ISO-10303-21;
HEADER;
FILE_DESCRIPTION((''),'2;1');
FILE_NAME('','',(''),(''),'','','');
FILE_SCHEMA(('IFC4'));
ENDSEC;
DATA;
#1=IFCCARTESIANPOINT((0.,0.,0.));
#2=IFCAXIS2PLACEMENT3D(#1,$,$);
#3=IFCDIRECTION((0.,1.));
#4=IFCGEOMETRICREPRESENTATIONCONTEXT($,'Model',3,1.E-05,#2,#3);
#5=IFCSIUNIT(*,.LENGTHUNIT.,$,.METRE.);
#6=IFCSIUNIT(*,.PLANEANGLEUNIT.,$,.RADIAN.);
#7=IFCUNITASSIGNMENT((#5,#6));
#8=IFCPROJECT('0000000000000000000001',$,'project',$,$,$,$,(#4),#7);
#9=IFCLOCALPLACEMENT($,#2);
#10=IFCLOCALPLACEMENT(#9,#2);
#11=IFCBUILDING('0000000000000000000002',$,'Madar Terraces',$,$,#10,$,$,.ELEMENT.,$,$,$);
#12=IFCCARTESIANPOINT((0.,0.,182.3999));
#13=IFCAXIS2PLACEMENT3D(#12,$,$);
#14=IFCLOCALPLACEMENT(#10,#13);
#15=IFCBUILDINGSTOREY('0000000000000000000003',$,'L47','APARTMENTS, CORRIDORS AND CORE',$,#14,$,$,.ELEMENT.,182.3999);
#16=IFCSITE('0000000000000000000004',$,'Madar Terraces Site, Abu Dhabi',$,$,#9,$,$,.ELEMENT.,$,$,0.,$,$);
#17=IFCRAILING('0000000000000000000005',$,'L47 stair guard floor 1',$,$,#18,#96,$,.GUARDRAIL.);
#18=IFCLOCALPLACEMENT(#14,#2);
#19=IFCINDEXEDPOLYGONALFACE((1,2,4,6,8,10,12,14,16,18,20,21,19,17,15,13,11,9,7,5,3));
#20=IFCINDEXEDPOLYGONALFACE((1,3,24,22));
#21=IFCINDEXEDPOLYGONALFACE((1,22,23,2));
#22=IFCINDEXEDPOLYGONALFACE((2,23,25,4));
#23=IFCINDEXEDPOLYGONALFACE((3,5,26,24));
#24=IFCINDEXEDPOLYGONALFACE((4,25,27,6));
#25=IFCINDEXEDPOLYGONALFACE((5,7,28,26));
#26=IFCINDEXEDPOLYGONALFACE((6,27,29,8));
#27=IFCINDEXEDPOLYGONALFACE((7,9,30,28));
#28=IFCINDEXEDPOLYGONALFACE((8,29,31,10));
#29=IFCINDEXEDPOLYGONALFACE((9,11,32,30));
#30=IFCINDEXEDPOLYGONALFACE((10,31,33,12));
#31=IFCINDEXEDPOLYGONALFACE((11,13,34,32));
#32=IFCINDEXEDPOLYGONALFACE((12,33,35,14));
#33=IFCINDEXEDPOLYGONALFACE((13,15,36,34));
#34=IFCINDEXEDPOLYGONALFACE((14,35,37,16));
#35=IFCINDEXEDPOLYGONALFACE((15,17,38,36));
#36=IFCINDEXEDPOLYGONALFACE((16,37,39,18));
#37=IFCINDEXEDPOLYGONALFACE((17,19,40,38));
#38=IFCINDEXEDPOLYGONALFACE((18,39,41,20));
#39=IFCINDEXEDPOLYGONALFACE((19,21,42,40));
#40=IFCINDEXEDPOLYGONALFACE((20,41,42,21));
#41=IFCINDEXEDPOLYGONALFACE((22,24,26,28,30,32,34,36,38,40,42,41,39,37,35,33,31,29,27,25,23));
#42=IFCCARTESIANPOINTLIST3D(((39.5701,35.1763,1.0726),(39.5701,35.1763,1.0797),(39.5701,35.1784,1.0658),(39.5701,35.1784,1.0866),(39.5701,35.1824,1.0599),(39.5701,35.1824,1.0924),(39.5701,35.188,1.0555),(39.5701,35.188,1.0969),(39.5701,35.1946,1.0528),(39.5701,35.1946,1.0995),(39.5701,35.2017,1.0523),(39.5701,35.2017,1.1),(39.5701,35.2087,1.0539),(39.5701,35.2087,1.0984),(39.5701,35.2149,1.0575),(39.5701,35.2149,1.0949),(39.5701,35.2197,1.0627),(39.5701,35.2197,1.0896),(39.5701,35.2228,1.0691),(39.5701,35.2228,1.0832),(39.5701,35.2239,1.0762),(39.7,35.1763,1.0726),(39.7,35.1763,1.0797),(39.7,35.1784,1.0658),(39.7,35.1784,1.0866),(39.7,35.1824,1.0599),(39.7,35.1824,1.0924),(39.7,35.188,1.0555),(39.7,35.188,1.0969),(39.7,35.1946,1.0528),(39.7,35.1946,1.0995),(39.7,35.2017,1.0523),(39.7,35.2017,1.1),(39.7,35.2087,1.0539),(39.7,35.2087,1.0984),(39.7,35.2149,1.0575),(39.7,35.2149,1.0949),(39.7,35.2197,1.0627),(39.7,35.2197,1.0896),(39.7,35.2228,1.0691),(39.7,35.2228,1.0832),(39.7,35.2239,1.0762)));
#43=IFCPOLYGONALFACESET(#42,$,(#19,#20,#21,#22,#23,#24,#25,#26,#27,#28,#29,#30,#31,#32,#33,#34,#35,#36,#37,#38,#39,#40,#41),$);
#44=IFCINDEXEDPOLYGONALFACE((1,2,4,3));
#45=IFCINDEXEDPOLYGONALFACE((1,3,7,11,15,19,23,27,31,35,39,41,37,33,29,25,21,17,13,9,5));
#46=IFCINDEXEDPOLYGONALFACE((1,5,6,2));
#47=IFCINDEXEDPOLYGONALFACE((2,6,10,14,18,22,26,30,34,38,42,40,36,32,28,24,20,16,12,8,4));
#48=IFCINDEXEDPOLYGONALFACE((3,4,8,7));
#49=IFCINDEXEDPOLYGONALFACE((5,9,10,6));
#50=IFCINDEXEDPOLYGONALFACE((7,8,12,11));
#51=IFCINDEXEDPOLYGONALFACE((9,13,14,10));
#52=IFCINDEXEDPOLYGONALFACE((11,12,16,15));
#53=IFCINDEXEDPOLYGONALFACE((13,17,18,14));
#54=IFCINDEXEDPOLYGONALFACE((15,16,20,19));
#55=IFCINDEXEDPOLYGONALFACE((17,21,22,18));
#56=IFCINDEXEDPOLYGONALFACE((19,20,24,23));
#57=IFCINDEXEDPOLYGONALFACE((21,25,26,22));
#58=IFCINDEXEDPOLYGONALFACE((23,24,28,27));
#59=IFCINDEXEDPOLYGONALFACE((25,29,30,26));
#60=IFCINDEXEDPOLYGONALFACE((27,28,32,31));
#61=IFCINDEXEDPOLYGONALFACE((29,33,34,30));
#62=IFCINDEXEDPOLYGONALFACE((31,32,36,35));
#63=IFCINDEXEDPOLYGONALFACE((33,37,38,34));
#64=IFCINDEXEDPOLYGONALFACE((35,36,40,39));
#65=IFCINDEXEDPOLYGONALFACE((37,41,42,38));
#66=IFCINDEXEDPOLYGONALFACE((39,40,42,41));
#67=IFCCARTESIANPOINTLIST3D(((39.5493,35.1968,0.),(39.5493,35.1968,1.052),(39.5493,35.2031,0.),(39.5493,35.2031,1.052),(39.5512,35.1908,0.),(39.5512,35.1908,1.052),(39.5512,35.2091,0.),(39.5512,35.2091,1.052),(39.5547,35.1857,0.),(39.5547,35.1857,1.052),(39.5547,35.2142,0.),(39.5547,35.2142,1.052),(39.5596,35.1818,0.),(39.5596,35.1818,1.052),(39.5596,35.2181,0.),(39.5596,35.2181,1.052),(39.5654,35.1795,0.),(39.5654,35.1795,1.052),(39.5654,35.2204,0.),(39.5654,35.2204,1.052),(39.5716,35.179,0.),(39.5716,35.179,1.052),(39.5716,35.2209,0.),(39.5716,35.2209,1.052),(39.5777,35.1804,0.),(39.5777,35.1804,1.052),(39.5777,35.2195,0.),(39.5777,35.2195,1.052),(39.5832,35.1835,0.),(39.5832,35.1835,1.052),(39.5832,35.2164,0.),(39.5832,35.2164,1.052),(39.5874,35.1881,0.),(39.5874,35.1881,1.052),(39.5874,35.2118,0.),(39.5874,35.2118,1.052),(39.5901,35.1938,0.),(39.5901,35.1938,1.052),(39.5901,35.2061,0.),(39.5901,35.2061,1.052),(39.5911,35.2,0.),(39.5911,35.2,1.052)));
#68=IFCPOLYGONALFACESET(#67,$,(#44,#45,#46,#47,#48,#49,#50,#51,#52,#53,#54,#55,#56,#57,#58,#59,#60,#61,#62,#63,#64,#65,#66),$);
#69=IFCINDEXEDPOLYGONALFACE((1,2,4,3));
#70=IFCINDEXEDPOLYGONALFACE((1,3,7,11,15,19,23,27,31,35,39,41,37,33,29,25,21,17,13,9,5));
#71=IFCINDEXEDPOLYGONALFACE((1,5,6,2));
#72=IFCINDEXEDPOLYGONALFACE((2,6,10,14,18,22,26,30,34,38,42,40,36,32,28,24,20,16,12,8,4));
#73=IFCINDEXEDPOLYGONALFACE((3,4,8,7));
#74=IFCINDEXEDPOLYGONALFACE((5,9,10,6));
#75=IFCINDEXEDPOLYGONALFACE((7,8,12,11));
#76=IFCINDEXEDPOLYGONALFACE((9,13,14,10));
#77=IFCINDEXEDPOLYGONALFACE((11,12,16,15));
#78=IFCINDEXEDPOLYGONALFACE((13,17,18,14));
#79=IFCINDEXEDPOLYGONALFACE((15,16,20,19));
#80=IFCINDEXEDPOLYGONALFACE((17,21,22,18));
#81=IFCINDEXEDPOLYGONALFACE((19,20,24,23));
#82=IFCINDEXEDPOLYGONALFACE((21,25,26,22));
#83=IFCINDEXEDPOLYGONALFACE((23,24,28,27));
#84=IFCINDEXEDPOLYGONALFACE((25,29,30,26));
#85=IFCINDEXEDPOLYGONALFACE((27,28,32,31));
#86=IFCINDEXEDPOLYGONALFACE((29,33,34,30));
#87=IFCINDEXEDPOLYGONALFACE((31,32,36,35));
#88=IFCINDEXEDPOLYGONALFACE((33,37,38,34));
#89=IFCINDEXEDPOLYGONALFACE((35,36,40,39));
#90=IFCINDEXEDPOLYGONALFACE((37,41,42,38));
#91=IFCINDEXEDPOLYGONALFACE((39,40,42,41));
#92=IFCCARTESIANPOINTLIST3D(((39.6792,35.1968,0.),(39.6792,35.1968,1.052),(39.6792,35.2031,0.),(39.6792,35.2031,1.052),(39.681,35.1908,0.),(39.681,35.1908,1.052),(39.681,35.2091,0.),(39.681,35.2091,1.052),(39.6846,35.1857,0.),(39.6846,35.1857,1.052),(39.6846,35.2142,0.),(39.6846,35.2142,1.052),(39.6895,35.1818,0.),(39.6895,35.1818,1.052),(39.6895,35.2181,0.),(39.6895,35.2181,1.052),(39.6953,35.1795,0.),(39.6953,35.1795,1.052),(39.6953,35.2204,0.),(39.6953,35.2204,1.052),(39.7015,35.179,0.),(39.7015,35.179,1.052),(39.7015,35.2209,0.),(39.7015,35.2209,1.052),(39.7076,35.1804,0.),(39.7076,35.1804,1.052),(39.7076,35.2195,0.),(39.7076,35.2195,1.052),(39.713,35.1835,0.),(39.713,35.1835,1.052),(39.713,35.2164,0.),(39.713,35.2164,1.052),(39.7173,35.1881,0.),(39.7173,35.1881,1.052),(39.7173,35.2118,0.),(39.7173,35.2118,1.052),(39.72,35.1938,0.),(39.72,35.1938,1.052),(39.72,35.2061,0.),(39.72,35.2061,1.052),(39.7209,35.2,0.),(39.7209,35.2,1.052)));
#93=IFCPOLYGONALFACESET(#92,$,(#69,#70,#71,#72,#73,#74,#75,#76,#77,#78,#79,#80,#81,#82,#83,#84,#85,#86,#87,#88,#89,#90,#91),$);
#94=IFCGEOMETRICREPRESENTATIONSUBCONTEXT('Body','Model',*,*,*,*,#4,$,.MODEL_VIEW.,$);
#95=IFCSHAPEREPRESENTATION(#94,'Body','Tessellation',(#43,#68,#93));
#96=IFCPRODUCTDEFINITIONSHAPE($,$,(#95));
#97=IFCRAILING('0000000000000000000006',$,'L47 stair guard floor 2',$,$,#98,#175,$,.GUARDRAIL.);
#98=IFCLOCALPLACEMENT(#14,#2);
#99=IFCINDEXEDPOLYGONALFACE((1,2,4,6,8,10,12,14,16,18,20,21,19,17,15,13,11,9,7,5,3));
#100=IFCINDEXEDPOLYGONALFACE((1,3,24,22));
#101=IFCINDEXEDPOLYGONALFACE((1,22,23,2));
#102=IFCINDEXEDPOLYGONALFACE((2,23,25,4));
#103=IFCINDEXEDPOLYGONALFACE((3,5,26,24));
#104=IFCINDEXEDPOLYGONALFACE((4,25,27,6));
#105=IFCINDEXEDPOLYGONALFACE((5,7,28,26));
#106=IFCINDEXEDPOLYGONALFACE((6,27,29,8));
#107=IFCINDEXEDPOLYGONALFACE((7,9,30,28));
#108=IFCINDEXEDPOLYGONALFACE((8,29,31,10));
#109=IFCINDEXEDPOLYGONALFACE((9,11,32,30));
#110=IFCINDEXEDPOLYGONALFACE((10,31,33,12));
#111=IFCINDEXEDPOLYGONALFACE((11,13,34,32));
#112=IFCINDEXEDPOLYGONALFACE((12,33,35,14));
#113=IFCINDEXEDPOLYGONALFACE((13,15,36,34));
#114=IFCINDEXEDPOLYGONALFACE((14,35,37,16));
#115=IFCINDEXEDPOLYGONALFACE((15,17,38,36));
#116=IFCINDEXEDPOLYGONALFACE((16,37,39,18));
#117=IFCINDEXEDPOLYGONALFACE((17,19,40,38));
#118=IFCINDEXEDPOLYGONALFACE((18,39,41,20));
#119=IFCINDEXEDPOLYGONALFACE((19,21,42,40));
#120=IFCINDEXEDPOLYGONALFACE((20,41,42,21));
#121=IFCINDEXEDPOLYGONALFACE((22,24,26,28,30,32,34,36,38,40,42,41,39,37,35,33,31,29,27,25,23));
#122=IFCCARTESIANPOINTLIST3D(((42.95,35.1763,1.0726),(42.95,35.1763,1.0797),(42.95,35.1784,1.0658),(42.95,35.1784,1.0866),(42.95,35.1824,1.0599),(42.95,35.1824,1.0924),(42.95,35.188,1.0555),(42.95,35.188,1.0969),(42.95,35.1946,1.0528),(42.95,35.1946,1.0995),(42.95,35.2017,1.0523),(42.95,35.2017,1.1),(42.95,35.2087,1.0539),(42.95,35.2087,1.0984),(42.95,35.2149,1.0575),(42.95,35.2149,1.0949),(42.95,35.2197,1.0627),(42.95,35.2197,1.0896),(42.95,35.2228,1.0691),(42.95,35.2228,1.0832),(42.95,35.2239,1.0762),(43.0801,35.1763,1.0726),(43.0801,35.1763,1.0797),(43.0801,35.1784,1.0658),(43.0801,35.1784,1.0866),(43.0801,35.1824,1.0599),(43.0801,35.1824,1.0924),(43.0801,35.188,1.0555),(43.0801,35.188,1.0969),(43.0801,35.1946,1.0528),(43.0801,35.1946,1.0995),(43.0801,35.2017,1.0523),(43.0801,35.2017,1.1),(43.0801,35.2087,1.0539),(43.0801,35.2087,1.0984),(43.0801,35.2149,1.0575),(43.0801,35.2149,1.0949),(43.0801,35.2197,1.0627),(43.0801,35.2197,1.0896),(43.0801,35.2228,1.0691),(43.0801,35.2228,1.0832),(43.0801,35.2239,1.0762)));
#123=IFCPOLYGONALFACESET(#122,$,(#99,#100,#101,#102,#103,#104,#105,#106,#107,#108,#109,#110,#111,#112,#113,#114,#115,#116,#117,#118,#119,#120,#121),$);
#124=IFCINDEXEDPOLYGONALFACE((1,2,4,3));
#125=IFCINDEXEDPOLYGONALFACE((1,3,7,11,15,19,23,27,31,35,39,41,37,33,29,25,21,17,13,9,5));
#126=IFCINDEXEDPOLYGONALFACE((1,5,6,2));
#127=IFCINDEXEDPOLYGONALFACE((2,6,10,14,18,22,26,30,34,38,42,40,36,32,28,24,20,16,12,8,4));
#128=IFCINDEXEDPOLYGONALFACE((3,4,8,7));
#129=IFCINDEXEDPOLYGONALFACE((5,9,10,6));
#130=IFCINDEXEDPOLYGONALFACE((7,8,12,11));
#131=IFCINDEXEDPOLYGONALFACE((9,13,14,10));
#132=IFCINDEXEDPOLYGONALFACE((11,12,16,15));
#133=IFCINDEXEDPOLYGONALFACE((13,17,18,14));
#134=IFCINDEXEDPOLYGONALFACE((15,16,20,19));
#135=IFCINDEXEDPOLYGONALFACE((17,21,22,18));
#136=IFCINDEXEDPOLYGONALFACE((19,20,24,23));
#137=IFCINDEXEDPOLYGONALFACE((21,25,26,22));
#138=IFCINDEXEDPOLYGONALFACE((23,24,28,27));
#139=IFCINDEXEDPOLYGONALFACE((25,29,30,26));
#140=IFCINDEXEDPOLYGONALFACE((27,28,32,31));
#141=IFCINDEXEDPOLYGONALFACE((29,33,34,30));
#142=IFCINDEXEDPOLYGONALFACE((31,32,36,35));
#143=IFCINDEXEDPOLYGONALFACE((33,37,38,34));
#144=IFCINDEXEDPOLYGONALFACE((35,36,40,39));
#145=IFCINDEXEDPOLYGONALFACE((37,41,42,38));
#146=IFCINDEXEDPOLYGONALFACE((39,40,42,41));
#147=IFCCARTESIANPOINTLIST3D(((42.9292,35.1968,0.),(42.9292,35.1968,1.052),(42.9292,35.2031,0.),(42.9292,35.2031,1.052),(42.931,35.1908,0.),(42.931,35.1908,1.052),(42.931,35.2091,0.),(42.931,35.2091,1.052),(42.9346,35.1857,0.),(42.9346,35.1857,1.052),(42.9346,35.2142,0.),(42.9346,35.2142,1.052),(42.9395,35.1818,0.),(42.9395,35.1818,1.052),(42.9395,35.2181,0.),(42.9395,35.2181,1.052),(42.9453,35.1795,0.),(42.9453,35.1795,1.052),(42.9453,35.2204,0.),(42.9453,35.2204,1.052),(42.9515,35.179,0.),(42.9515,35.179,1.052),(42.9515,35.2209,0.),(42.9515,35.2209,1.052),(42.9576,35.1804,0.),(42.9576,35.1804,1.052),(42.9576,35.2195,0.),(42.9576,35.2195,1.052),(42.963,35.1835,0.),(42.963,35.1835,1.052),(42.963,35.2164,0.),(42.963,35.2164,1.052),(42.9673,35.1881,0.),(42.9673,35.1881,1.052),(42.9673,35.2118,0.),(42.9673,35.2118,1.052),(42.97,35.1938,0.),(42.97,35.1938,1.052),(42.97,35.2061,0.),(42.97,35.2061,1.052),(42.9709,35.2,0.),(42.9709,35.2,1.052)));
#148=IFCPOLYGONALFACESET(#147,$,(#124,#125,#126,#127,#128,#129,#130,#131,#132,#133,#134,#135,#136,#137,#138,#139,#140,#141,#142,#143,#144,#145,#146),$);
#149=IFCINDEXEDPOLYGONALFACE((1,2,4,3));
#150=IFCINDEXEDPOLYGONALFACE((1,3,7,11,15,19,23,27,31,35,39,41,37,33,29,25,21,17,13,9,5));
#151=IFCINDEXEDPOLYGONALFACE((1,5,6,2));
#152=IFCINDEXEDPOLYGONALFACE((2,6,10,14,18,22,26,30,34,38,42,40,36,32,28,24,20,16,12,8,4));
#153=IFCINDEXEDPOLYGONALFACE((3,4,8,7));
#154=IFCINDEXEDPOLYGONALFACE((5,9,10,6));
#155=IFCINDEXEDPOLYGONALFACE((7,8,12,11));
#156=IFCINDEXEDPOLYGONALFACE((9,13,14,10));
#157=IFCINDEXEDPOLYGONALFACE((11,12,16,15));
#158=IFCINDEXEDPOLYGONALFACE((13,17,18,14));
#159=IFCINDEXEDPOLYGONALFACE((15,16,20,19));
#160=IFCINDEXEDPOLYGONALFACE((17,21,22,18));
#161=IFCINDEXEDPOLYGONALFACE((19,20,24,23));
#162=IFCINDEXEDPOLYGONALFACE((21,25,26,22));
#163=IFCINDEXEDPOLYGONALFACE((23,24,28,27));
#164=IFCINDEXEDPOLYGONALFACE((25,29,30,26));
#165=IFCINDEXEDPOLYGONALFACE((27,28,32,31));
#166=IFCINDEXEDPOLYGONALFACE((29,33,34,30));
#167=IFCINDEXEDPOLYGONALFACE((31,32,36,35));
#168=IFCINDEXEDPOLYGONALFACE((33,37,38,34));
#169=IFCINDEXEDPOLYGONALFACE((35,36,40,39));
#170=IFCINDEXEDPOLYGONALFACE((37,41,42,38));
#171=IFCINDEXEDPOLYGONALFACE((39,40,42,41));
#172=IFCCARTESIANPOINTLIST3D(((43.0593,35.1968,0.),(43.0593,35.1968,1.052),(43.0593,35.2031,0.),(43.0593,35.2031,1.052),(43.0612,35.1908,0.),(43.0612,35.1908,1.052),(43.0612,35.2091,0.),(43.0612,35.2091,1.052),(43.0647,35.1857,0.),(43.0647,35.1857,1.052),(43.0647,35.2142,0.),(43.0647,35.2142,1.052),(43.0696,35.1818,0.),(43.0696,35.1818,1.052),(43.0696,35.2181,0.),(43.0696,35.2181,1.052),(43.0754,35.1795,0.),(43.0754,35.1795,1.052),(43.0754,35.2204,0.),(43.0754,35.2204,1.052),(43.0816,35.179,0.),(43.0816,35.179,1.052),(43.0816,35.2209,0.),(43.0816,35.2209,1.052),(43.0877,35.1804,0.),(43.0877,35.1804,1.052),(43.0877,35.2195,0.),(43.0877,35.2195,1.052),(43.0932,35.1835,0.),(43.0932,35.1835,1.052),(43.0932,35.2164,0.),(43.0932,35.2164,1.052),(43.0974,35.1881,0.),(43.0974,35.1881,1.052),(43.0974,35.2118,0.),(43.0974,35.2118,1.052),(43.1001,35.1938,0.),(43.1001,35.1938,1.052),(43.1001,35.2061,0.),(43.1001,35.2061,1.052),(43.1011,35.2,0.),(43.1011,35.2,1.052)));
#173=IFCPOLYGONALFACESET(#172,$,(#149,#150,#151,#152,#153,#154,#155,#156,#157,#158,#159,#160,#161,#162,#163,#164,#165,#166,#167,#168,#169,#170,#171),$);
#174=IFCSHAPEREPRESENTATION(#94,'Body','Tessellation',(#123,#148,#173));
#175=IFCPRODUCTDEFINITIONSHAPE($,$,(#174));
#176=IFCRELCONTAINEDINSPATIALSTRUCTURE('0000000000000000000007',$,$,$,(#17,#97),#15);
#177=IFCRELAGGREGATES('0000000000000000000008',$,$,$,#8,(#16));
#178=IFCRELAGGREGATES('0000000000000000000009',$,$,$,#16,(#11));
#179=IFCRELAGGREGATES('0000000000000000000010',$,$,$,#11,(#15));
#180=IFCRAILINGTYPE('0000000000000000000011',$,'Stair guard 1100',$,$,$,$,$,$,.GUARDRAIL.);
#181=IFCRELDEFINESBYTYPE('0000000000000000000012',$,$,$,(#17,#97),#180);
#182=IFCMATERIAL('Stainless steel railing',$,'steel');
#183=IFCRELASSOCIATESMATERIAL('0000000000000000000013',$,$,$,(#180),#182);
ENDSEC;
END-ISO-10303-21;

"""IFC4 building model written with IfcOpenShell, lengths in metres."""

from ifc_helpers import new_model, si_unit, direction, frame, origin, origin_2d, place, context, subcontext, project, spatial, circle, extrude, material, type_object, element, save


model = new_model("IFC4")

# Units and contexts
model_context = context("Model", 3, precision=1e-05, world=origin(), true_north=direction((0.0, 1.0)))
body_context = subcontext(model_context, "Body", "Model", "MODEL_VIEW")
ifc_project = project(units=[si_unit("LENGTHUNIT", "METRE"), si_unit("PLANEANGLEUNIT", "RADIAN")], contexts=[model_context])

# Site, building, storey
site_placement = place(None, origin())
site = spatial("IfcSite", under=ifc_project, at=site_placement, Name="Madar Terraces Site, Abu Dhabi", CompositionType="ELEMENT", RefElevation=0.0)
building_placement = place(site_placement, origin())
building = spatial("IfcBuilding", under=site, at=building_placement, Name="Madar Terraces", CompositionType="ELEMENT")
storey_placement = place(building_placement, frame((0.0, 0.0, 182.3999)))
storey = spatial("IfcBuildingStorey", under=building, at=storey_placement, Name="L47", Description="APARTMENTS, CORRIDORS AND CORE", CompositionType="ELEMENT", Elevation=182.3999)

# Railings
ifc_material_1 = material(Name="Stainless steel railing", Category="steel")
railing_type_1 = type_object("IfcRailingType", Name="Stair guard 1100", PredefinedType="GUARDRAIL", material=ifc_material_1)
railing_1_placement = place(storey_placement, frame((39.5701, 35.2, 0.0)))
element("IfcRailing", 1, at=railing_1_placement, inside=storey, type_object=railing_type_1, Name="L47 stair guard floor 1", PredefinedType="GUARDRAIL", context=body_context, shape_type="SweptSolid", body=[
    extrude(circle(Radius=0.0239, at=origin_2d()), frame((0.0, 0.0, 1.0762), z_axis=(1.0, 0.0, 0.0), x_axis=(0.0, 1.0, 0.0)), (0.0, 0.0, 1.0), 0.1299),
    extrude(circle(Radius=0.021, at=origin_2d()), origin(), (0.0, 0.0, 1.0), 1.052),
    extrude(circle(Radius=0.021, at=origin_2d()), frame((0.1299, 0.0, 0.0)), (0.0, 0.0, 1.0), 1.052),
])
railing_2_placement = place(storey_placement, frame((42.95, 35.2, 0.0)))
element("IfcRailing", 2, at=railing_2_placement, inside=storey, type_object=railing_type_1, Name="L47 stair guard floor 2", PredefinedType="GUARDRAIL", context=body_context, shape_type="SweptSolid", body=[
    extrude(circle(Radius=0.0239, at=origin_2d()), frame((0.0, 0.0, 1.0762), z_axis=(1.0, 0.0, 0.0), x_axis=(0.0, 1.0, 0.0)), (0.0, 0.0, 1.0), 0.1301),
    extrude(circle(Radius=0.021, at=origin_2d()), origin(), (0.0, 0.0, 1.0), 1.052),
    extrude(circle(Radius=0.021, at=origin_2d()), frame((0.1301, 0.0, 0.0)), (0.0, 0.0, 1.0), 1.052),
])

save(model, "model.ifc")
